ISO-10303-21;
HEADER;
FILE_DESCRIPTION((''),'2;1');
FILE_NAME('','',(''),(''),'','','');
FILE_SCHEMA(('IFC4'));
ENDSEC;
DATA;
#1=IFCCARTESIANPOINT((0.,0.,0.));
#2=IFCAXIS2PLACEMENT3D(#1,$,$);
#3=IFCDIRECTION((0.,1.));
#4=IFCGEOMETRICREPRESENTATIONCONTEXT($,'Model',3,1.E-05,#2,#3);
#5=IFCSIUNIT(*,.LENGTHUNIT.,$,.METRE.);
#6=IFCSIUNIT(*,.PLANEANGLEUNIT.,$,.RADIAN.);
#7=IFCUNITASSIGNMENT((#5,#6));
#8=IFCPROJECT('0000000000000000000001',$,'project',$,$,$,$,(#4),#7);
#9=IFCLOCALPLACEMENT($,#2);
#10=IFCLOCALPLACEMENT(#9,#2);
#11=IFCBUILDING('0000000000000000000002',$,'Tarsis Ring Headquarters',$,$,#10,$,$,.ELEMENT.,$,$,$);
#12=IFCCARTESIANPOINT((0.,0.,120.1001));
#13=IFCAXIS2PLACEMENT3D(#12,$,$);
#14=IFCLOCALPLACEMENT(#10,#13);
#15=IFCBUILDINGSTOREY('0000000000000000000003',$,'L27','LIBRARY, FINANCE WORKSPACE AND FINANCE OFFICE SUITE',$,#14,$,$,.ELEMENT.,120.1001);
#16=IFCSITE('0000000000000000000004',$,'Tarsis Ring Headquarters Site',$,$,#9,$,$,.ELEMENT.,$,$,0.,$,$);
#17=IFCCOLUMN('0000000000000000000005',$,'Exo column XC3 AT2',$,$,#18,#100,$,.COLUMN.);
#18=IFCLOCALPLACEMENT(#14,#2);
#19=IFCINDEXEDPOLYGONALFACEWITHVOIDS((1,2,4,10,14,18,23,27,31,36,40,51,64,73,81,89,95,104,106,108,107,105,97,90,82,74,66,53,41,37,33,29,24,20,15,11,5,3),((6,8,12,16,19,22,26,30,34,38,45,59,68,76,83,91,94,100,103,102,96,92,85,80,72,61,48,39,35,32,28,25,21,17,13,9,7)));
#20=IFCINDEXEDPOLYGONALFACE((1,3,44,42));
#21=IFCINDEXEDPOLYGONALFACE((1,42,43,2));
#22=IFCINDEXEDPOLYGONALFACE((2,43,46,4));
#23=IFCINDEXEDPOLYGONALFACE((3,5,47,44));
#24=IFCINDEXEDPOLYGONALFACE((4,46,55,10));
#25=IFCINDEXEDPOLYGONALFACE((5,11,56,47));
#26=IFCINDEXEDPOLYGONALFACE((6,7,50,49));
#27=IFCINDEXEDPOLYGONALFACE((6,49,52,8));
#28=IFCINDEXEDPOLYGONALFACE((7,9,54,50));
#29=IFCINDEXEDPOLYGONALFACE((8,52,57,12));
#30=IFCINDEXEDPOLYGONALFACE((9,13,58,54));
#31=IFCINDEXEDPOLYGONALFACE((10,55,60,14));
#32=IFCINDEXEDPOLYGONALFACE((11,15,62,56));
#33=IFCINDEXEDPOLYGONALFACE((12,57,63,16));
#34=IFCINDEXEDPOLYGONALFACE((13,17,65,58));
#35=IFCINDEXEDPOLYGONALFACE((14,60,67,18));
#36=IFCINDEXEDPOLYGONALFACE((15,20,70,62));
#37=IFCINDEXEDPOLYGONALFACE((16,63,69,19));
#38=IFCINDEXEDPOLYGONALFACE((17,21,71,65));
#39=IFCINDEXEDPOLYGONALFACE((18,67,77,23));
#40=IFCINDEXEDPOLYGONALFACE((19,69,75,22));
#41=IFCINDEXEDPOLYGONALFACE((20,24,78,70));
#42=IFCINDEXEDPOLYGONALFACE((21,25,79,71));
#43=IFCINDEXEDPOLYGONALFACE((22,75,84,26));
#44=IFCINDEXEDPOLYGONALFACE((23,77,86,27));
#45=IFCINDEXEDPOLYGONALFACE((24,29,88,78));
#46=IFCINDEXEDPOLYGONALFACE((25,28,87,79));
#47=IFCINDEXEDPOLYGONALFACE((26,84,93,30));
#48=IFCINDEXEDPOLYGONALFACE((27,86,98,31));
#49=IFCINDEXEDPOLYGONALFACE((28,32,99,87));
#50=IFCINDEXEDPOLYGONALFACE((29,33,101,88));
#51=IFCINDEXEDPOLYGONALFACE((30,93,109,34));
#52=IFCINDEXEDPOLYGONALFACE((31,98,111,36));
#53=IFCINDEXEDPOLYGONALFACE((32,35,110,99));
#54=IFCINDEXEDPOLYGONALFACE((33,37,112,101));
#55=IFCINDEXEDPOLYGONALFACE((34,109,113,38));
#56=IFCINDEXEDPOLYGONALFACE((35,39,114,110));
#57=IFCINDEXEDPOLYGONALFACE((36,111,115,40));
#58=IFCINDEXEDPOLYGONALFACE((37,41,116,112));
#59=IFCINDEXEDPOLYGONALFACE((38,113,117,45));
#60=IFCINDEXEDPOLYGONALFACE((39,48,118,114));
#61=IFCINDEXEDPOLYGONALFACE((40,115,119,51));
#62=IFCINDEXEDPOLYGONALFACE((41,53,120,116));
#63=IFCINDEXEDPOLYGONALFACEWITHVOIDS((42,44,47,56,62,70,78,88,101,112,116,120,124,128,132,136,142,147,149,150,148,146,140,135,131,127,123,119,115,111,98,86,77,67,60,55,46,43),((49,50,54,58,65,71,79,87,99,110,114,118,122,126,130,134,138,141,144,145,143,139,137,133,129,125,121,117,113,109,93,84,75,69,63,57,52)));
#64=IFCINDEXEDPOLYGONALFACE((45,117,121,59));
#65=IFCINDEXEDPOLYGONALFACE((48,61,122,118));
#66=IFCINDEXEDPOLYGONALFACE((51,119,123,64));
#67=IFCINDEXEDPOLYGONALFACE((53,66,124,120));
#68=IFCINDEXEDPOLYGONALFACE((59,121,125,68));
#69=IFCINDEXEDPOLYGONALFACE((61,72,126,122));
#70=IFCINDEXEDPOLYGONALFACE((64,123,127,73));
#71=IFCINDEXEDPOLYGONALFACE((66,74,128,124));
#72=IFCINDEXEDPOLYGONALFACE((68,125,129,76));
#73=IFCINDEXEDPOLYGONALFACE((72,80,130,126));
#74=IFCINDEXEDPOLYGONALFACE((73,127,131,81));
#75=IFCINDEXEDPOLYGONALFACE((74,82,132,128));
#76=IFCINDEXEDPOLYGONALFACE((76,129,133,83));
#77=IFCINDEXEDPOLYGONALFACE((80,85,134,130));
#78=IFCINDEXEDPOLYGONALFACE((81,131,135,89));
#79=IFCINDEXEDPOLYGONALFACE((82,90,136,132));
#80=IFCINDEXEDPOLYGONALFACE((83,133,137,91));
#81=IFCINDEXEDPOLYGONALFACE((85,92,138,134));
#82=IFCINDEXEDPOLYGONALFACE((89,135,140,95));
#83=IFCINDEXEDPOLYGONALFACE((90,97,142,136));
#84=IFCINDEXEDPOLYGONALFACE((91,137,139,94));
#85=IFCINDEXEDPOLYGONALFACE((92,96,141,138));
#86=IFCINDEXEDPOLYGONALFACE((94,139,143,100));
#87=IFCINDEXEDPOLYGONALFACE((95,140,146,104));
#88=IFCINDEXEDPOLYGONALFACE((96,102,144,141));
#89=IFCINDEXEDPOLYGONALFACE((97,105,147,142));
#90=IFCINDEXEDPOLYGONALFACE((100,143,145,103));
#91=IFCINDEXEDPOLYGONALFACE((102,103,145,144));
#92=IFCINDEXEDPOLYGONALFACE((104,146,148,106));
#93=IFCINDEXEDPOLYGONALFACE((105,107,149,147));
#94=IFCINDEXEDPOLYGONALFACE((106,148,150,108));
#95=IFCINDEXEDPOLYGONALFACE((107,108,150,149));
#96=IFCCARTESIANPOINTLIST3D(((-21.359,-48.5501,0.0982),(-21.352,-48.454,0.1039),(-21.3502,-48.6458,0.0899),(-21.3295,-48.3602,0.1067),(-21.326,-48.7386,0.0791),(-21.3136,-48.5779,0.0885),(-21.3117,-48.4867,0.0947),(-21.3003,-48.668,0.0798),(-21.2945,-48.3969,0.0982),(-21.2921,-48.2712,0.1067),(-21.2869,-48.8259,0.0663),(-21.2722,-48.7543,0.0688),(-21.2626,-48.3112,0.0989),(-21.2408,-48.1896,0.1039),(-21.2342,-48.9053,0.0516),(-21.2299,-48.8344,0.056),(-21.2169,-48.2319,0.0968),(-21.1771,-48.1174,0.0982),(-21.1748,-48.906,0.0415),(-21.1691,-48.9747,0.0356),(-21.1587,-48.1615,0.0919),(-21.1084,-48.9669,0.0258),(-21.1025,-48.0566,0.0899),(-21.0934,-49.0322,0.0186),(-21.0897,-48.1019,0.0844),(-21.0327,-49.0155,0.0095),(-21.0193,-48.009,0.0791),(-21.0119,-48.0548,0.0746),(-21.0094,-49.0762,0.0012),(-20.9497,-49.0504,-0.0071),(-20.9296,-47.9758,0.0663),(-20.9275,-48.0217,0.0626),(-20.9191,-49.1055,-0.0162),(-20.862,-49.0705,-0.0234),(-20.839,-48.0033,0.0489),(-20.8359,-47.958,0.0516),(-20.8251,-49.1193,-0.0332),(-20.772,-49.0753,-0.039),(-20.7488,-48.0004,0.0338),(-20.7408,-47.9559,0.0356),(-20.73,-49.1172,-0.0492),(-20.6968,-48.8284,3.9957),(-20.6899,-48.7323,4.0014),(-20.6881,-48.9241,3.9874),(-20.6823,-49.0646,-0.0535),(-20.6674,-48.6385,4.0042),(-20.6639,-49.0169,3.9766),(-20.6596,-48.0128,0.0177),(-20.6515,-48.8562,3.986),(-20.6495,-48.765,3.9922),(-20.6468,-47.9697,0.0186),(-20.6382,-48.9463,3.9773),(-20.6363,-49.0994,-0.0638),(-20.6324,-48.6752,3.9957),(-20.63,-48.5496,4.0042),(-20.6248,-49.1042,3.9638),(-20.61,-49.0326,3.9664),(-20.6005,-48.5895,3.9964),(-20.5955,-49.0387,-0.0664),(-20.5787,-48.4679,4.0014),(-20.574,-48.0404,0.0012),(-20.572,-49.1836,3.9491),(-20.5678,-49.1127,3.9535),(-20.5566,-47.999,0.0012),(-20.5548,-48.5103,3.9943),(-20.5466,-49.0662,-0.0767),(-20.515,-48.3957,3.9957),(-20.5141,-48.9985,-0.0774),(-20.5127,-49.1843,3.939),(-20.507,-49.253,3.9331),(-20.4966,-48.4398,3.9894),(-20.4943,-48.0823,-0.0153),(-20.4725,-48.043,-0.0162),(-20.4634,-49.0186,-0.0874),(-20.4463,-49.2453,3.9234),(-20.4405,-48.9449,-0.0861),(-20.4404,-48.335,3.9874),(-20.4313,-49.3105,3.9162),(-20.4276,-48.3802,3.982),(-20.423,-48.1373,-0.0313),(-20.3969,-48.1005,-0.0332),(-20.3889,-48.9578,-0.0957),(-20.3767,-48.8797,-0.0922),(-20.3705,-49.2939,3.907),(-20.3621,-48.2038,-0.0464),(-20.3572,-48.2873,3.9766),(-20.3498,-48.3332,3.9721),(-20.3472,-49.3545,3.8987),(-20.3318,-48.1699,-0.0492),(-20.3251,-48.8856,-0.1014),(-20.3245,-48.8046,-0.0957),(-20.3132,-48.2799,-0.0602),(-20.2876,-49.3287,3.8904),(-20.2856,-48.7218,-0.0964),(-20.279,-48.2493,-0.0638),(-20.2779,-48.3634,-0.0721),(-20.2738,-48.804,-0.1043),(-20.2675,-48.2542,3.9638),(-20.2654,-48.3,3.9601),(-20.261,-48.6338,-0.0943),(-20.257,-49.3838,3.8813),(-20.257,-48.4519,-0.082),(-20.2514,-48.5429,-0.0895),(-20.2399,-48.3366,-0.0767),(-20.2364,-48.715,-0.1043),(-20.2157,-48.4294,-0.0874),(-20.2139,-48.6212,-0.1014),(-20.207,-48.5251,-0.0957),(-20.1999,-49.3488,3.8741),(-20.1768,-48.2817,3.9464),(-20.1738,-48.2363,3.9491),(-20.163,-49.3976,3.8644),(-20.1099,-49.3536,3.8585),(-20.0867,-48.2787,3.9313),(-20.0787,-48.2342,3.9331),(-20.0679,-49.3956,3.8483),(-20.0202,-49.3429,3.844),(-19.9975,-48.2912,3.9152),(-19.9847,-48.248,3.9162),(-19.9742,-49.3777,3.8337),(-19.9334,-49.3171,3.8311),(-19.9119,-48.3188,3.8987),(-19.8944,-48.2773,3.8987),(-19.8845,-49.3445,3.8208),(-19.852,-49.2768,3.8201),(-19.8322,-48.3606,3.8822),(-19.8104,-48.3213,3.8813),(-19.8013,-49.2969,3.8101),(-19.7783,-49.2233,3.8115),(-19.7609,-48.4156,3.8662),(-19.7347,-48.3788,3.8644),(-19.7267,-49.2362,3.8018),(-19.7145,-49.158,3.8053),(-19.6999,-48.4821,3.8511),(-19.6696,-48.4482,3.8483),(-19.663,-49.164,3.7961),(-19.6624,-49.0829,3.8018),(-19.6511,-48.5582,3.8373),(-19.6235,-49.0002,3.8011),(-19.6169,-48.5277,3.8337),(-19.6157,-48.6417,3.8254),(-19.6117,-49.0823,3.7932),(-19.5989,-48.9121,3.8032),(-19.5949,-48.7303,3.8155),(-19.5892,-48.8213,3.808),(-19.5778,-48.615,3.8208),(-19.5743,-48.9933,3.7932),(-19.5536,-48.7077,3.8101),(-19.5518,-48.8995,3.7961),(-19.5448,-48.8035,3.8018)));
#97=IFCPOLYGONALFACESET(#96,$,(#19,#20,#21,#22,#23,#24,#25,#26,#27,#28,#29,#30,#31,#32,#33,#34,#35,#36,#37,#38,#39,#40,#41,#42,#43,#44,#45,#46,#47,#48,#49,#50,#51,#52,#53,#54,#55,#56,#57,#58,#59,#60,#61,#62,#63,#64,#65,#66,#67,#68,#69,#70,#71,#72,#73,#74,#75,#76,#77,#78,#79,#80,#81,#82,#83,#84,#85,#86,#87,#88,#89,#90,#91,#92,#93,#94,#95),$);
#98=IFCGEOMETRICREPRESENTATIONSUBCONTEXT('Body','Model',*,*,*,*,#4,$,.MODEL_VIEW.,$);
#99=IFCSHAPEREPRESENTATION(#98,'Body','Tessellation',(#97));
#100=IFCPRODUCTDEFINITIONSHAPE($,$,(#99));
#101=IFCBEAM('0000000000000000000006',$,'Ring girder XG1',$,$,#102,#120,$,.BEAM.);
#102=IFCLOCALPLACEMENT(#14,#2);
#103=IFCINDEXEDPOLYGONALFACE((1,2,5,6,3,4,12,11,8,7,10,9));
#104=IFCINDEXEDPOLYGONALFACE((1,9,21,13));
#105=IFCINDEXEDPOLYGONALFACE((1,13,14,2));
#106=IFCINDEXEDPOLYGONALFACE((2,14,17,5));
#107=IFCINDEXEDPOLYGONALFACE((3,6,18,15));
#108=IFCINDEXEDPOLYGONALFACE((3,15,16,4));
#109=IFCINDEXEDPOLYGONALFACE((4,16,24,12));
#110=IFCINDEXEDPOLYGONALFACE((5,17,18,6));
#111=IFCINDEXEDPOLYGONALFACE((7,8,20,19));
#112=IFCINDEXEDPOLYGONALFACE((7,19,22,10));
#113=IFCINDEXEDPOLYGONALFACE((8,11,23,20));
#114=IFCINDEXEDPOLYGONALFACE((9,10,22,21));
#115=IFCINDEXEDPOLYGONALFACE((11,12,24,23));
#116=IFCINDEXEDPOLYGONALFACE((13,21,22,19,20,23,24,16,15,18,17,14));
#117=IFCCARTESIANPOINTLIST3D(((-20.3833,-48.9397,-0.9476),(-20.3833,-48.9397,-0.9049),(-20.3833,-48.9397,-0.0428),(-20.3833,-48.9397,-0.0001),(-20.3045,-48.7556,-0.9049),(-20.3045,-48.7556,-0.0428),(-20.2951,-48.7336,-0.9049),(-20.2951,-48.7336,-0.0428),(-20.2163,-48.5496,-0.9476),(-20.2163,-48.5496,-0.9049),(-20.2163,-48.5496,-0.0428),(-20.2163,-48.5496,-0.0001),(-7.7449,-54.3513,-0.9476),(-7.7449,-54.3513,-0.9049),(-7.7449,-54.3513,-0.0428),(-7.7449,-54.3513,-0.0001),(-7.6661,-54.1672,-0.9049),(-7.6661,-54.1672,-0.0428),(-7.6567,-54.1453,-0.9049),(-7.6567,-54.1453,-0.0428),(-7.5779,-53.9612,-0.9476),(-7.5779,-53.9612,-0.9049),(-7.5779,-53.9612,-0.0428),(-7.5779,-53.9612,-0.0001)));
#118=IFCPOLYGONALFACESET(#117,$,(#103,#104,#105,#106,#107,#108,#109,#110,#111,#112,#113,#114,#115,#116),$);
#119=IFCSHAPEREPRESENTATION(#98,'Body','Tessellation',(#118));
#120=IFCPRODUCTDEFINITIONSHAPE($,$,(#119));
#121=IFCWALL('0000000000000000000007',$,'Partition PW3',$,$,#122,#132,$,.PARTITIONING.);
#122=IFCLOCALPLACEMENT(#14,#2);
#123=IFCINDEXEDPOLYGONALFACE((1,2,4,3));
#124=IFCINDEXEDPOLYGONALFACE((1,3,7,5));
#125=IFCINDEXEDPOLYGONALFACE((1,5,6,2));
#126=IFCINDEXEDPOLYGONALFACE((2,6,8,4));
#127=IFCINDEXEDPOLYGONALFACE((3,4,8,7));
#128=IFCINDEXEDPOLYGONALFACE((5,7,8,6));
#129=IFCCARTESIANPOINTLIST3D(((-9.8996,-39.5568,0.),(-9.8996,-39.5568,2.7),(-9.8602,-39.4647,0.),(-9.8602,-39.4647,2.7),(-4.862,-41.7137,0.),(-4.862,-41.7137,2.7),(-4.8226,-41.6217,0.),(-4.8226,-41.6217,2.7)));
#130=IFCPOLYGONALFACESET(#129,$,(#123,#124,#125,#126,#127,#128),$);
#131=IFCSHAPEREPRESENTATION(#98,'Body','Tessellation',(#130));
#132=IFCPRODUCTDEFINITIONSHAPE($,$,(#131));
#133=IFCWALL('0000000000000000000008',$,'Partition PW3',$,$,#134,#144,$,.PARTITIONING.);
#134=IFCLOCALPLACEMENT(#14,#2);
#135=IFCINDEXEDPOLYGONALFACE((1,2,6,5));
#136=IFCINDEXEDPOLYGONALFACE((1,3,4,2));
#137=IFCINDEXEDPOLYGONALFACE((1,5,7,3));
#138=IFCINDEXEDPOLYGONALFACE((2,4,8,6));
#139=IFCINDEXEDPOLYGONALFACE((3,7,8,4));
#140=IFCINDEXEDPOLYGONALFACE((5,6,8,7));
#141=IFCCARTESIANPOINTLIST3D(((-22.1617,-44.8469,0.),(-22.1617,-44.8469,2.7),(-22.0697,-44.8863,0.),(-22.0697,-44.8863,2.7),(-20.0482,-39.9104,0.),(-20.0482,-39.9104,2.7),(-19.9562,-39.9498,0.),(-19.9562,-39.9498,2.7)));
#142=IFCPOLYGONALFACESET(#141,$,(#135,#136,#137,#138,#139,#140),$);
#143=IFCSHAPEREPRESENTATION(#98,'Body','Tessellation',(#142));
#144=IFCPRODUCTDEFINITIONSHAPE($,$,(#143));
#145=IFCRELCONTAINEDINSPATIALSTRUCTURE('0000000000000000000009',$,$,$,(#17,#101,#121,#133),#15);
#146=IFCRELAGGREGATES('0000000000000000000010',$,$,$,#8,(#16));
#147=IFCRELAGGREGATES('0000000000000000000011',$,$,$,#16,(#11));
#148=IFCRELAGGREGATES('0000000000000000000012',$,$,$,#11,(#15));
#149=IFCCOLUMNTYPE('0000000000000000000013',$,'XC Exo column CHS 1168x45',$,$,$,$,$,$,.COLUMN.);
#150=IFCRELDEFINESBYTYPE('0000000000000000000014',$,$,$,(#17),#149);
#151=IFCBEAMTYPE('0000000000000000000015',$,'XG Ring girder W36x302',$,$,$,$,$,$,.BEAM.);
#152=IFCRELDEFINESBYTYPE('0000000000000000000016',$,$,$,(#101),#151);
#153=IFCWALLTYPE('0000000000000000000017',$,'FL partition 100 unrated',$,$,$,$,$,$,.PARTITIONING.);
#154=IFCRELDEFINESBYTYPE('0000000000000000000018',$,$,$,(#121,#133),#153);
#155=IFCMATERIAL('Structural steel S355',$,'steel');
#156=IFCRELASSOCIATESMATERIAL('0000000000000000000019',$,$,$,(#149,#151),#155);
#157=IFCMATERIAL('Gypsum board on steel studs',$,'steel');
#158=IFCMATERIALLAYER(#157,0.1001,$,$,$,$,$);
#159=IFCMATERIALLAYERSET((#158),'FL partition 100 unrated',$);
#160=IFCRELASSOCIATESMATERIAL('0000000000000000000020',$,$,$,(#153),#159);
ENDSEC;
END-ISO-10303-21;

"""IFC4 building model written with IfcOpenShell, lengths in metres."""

from ifc_helpers import new_model, si_unit, direction, frame, frame_2d, origin, origin_2d, place, context, subcontext, project, spatial, rectangle, hollow_circle, i_section, extrude, material, layer, layer_set, material_profile, profile_set, type_object, element, save


model = new_model("IFC4")

# Units and contexts
model_context = context("Model", 3, precision=1e-05, world=origin(), true_north=direction((0.0, 1.0)))
body_context = subcontext(model_context, "Body", "Model", "MODEL_VIEW")
ifc_project = project(units=[si_unit("LENGTHUNIT", "METRE"), si_unit("PLANEANGLEUNIT", "RADIAN")], contexts=[model_context])

# Site, building, storey
site_placement = place(None, origin())
site = spatial("IfcSite", under=ifc_project, at=site_placement, Name="Tarsis Ring Headquarters Site", CompositionType="ELEMENT", RefElevation=0.0)
building_placement = place(site_placement, origin())
building = spatial("IfcBuilding", under=site, at=building_placement, Name="Tarsis Ring Headquarters", CompositionType="ELEMENT")
storey_placement = place(building_placement, frame((0.0, 0.0, 120.1001)))
storey = spatial("IfcBuildingStorey", under=building, at=storey_placement, Name="L27", Description="LIBRARY, FINANCE WORKSPACE AND FINANCE OFFICE SUITE", CompositionType="ELEMENT", Elevation=120.1001)

# Column
ifc_material_1 = material(Name="Structural steel S355", Category="steel")
ifc_material_profile_1 = material_profile(ifc_material_1, hollow_circle(Radius=0.5842, WallThickness=0.0449, at=origin_2d()), Name="CHS 1168x45")
ifc_profile_set_1 = profile_set([ifc_material_profile_1], Name="Structural steel S355")
column_type = type_object("IfcColumnType", Name="XC Exo column CHS 1168x45", PredefinedType="COLUMN", material=ifc_profile_set_1)
column_placement = place(storey_placement, frame((-20.783, -48.5376, 0.0012), z_axis=(0.167069, -0.070228, 0.983441), x_axis=(0.38751, 0.921866, 0.0)))
element("IfcColumn", 1, at=column_placement, inside=storey, type_object=column_type, Name="Exo column XC3 AT2", PredefinedType="COLUMN", context=body_context, shape_type="SweptSolid", body=[
    extrude(hollow_circle(Radius=0.5842, WallThickness=0.0449, at=origin_2d()), origin(), (0.0, 0.0, 1.0), 3.9631),
])

# Beam
ifc_material_profile_2 = material_profile(ifc_material_1, i_section(OverallWidth=0.4243, OverallDepth=0.9475, WebThickness=0.0239, FlangeThickness=0.0427, at=origin_2d()), Name="W36x302")
ifc_profile_set_2 = profile_set([ifc_material_profile_2], Name="Structural steel S355")
beam_type = type_object("IfcBeamType", Name="XG Ring girder W36x302", PredefinedType="BEAM", material=ifc_profile_set_2)
beam_placement = place(storey_placement, frame((-20.2998, -48.7446, -0.4739), z_axis=(0.919273, -0.393621, 0.0), x_axis=(0.393621, 0.919273, 0.0)))
element("IfcBeam", 2, at=beam_placement, inside=storey, type_object=beam_type, Name="Ring girder XG1", PredefinedType="BEAM", context=body_context, shape_type="SweptSolid", body=[
    extrude(i_section(OverallWidth=0.4243, OverallDepth=0.9475, WebThickness=0.0239, FlangeThickness=0.0427, at=origin_2d()), origin(), (0.0, 0.0, 1.0), 13.7483),
])

# Walls
ifc_material_2 = material(Name="Gypsum board on steel studs", Category="steel")
ifc_layer_1 = layer(ifc_material_2, 0.1001)
ifc_layer_set_1 = layer_set([ifc_layer_1], Name="FL partition 100 unrated")
wall_type_1 = type_object("IfcWallType", Name="FL partition 100 unrated", PredefinedType="PARTITIONING", material=ifc_layer_set_1)
wall_1_placement = place(storey_placement, frame((-9.8799, -39.5107, 0.0), z_axis=(0.0, 0.0, 1.0), x_axis=(0.919276, -0.393613, 0.0)))
element("IfcWall", 3, at=wall_1_placement, inside=storey, type_object=wall_type_1, Name="Partition PW3", PredefinedType="PARTITIONING", context=body_context, shape_type="SweptSolid", body=[
    extrude(rectangle(XDim=5.48, YDim=0.1001, at=frame_2d((2.74, 0.0))), origin(), (0.0, 0.0, 1.0), 2.7),
])
wall_2_placement = place(storey_placement, frame((-22.1157, -44.8667, 0.0), z_axis=(0.0, 0.0, 1.0), x_axis=(0.393585, 0.919288, 0.0)))
element("IfcWall", 4, at=wall_2_placement, inside=storey, type_object=wall_type_1, Name="Partition PW3", PredefinedType="PARTITIONING", context=body_context, shape_type="SweptSolid", body=[
    extrude(rectangle(XDim=5.3699, YDim=0.1001, at=frame_2d((2.6851, 0.0))), origin(), (0.0, 0.0, 1.0), 2.7),
])

save(model, "model.ifc")
